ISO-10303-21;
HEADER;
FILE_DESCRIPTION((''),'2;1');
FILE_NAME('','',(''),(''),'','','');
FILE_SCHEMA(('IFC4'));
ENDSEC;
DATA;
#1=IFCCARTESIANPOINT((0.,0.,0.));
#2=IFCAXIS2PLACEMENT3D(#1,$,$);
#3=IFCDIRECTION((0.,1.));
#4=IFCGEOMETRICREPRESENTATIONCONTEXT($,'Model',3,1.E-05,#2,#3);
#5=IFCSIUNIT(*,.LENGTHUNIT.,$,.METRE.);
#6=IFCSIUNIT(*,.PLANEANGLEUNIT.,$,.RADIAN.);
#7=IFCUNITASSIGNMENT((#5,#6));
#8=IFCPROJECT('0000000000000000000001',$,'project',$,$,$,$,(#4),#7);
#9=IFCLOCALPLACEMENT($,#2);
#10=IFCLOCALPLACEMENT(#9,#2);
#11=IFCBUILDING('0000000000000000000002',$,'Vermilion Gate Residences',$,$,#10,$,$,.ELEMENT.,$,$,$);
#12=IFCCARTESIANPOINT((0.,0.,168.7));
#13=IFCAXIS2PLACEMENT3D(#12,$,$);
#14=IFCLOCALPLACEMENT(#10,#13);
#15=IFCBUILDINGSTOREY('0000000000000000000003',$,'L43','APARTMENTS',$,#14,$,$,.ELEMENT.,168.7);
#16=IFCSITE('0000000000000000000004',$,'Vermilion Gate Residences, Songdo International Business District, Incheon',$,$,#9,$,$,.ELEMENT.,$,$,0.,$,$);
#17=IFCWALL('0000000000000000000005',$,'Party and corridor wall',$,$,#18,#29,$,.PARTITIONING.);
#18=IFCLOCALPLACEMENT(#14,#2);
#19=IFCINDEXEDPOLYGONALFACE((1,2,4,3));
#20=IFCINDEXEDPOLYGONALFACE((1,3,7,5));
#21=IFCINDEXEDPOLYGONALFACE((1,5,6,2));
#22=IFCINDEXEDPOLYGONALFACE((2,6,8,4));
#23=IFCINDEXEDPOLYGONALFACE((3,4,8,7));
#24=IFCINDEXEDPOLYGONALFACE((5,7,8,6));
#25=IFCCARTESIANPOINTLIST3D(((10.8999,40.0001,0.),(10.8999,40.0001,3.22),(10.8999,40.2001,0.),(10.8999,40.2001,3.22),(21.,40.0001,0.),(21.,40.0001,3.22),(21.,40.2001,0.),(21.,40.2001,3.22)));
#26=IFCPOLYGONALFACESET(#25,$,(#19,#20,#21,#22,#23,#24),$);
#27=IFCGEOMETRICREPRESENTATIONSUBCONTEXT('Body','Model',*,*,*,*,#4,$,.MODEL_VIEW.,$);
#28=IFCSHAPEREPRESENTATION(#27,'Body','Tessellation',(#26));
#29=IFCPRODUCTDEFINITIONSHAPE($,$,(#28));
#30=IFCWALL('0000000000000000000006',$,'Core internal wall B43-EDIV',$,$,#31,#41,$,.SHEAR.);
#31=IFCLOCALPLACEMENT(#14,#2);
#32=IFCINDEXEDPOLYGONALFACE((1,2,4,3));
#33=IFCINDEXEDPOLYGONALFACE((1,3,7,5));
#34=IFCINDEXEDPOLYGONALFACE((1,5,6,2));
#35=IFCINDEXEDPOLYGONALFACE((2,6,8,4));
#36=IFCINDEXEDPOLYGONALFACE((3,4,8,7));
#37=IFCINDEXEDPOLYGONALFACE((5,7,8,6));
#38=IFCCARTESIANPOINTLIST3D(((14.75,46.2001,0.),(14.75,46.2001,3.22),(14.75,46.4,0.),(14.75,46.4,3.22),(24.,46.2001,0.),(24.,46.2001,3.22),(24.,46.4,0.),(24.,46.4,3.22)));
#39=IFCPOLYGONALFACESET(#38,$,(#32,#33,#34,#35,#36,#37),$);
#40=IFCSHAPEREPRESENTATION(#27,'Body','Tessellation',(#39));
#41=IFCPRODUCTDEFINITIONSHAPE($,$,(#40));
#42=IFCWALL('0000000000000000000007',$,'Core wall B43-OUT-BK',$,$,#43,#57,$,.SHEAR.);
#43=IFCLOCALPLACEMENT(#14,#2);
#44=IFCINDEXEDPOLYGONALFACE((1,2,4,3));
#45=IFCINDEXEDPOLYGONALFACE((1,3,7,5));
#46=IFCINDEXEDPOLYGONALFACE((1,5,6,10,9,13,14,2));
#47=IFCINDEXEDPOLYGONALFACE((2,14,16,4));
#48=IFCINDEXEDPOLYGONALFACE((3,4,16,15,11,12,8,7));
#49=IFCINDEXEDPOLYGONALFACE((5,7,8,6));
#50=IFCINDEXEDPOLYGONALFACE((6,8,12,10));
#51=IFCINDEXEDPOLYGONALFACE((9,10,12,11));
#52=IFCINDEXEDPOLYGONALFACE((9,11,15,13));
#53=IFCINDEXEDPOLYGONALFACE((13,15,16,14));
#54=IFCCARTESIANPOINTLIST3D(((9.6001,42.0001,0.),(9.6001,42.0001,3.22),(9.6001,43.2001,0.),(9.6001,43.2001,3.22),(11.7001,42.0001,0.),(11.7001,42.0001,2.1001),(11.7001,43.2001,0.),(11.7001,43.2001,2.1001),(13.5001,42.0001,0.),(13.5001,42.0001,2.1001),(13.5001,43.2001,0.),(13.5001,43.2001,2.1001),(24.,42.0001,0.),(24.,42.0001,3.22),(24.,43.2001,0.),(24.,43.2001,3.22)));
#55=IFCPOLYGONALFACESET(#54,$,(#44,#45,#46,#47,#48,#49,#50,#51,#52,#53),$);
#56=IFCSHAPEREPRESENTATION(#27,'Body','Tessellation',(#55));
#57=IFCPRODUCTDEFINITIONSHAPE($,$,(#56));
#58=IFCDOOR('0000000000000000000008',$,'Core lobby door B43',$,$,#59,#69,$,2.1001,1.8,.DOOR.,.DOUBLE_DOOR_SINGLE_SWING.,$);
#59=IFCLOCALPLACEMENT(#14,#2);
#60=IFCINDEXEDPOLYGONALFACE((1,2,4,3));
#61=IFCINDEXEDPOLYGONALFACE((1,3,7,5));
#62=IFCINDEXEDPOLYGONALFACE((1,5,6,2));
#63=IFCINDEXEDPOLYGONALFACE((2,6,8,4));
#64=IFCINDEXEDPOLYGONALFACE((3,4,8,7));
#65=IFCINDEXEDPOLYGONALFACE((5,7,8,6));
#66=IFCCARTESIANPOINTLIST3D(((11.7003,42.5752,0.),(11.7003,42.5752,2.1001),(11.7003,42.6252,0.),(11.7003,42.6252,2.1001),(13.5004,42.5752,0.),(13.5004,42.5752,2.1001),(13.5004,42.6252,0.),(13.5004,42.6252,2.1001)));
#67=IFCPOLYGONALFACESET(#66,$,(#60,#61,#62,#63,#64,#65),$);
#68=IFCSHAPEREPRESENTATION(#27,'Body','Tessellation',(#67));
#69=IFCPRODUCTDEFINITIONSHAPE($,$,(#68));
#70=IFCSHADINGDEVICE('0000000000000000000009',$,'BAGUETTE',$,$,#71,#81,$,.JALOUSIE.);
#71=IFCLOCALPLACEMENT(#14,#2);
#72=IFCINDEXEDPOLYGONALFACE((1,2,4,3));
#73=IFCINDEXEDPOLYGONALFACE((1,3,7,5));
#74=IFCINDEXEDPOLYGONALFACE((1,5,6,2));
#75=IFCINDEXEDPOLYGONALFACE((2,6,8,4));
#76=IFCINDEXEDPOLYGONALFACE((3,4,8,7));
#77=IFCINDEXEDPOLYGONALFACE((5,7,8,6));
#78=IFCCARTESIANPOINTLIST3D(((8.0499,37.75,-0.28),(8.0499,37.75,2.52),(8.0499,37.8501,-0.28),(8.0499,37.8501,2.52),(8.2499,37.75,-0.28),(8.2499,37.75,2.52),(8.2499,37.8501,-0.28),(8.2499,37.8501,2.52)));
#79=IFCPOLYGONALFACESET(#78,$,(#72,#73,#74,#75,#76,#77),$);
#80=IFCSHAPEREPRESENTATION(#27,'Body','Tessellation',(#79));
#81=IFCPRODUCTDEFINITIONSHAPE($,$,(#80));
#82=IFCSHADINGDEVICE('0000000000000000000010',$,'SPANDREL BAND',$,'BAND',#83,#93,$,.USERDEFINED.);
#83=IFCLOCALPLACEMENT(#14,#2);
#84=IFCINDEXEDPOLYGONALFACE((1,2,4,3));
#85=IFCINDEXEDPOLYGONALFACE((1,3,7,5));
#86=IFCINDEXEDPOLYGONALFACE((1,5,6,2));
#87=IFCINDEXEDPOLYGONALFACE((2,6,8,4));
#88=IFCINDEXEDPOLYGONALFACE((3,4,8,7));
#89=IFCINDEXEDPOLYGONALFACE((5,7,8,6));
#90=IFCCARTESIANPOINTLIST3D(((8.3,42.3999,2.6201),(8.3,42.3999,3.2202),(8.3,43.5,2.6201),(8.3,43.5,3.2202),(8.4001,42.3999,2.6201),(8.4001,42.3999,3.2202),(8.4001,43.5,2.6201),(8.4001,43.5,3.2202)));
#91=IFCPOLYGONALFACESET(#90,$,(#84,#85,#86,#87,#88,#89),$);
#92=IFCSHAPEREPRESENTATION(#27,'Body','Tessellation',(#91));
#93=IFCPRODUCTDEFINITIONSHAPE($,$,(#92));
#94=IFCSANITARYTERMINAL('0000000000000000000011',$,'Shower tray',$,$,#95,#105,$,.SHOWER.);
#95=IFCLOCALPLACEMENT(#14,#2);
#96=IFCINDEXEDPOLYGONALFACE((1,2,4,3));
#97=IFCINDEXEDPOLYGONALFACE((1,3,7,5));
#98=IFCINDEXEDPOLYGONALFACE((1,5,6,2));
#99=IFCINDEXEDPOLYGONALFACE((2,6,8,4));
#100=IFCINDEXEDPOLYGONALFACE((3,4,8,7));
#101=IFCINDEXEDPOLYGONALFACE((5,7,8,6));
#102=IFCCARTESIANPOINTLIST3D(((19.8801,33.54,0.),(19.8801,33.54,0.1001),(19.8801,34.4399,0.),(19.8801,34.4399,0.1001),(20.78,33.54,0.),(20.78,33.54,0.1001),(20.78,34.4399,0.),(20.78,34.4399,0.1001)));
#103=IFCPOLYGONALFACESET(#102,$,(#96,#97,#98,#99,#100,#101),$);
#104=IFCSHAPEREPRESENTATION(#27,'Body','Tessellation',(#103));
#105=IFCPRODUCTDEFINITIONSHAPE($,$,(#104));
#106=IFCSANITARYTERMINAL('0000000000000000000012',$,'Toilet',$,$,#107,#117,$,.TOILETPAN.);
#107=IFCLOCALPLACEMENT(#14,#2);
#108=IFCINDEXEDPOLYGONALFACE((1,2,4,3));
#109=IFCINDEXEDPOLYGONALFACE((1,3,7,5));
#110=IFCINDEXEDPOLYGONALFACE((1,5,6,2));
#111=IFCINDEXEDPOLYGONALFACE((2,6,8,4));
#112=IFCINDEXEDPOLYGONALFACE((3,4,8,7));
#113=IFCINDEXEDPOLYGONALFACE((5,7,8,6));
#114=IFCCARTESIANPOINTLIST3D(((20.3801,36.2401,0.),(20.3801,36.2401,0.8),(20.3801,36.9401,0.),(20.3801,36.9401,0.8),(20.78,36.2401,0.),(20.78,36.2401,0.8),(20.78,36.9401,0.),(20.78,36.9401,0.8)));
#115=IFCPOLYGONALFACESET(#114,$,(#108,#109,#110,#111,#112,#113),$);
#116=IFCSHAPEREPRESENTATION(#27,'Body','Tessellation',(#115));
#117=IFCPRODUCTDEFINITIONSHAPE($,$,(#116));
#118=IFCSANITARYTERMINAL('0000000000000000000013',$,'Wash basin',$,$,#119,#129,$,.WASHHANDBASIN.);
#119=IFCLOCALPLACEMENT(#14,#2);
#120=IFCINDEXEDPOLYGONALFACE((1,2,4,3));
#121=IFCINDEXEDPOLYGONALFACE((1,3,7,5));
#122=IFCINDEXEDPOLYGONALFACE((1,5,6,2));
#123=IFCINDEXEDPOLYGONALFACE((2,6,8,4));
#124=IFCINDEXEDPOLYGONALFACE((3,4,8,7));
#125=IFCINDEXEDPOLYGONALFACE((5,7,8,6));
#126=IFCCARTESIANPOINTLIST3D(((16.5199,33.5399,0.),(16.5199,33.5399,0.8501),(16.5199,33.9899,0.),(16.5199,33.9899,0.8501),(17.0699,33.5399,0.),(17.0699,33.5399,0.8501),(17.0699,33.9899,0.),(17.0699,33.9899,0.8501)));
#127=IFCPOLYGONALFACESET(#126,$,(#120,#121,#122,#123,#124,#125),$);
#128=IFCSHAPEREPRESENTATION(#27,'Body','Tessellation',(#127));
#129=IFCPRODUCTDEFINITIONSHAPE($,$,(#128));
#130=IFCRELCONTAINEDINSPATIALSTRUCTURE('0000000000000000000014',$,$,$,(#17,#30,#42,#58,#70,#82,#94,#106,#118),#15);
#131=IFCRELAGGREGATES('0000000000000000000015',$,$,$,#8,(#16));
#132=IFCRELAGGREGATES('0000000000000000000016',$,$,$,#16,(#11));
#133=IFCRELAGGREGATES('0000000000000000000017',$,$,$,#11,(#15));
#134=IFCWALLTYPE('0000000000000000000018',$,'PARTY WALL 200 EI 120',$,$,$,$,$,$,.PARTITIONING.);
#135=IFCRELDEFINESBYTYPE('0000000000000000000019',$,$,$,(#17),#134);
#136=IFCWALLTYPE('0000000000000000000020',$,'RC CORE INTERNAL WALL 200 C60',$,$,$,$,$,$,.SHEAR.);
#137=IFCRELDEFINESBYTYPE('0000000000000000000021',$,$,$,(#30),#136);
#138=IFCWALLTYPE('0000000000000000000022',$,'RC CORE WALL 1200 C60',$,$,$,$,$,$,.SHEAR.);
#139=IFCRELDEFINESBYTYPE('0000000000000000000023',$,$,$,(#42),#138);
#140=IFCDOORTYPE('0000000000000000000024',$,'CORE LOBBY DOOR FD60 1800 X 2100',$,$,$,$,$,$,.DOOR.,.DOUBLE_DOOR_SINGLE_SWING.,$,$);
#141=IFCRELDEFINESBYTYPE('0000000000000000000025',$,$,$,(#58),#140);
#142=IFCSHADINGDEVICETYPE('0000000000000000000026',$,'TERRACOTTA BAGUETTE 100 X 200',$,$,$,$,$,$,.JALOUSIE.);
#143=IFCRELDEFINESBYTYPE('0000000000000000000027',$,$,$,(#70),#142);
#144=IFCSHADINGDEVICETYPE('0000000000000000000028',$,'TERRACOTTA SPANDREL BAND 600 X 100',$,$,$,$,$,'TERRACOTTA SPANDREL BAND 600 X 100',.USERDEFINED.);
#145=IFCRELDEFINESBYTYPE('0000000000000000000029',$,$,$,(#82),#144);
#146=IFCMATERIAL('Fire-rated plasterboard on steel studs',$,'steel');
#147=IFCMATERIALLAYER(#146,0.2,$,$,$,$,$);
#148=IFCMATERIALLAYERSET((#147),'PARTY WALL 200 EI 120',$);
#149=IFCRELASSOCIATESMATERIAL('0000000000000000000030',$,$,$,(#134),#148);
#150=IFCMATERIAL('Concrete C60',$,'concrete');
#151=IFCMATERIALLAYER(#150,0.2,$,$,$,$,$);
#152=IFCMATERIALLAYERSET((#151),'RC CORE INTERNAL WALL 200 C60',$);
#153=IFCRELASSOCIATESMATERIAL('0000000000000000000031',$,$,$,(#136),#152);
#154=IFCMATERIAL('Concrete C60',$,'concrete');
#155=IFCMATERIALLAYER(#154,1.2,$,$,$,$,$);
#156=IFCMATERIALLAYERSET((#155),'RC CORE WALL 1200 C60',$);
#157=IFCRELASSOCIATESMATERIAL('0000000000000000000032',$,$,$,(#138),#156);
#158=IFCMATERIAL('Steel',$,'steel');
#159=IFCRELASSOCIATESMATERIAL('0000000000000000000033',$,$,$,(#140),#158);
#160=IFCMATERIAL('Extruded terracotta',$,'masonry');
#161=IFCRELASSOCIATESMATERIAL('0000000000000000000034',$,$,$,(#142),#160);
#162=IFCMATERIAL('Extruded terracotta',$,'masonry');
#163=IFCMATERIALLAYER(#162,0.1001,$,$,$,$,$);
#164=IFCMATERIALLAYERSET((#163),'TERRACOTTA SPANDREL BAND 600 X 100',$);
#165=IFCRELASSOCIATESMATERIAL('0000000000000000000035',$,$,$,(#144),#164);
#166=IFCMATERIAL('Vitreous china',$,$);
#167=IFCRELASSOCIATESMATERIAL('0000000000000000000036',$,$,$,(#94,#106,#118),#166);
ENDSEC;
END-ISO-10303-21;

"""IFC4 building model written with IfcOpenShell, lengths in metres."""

from ifc_helpers import new_model, si_unit, direction, frame, frame_2d, origin, origin_2d, place, context, subcontext, project, spatial, rectangle, extrude, material, layer, layer_set, material_profile, profile_set, type_object, element, fill, save


model = new_model("IFC4")

# Units and contexts
model_context = context("Model", 3, precision=1e-05, world=origin(), true_north=direction((0.0, 1.0)))
body_context = subcontext(model_context, "Body", "Model", "MODEL_VIEW")
ifc_project = project(units=[si_unit("LENGTHUNIT", "METRE"), si_unit("PLANEANGLEUNIT", "RADIAN")], contexts=[model_context])

# Site, building, storey
site_placement = place(None, origin())
site = spatial("IfcSite", under=ifc_project, at=site_placement, Name="Vermilion Gate Residences, Songdo International Business District, Incheon", CompositionType="ELEMENT", RefElevation=0.0)
building_placement = place(site_placement, origin())
building = spatial("IfcBuilding", under=site, at=building_placement, Name="Vermilion Gate Residences", CompositionType="ELEMENT")
storey_placement = place(building_placement, frame((0.0, 0.0, 168.7)))
storey = spatial("IfcBuildingStorey", under=building, at=storey_placement, Name="L43", Description="APARTMENTS", CompositionType="ELEMENT", Elevation=168.7)

# Walls
ifc_material_1 = material(Name="Fire-rated plasterboard on steel studs", Category="steel")
ifc_layer_1 = layer(ifc_material_1, 0.2)
ifc_layer_set_1 = layer_set([ifc_layer_1], Name="PARTY WALL 200 EI 120")
wall_type_1 = type_object("IfcWallType", Name="PARTY WALL 200 EI 120", PredefinedType="PARTITIONING", material=ifc_layer_set_1)
wall_1_placement = place(storey_placement, frame((10.8999, 40.1001, 0.0), z_axis=(0.0, 0.0, 1.0), x_axis=(1.0, 0.0, 0.0)))
element("IfcWall", 1, at=wall_1_placement, inside=storey, type_object=wall_type_1, Name="Party and corridor wall", PredefinedType="PARTITIONING", context=body_context, shape_type="SweptSolid", body=[
    extrude(rectangle(XDim=10.1001, YDim=0.2, at=frame_2d((5.05, 0.0))), origin(), (0.0, 0.0, 1.0), 3.22),
])
ifc_material_2 = material(Name="Concrete C60", Category="concrete")
ifc_layer_2 = layer(ifc_material_2, 0.2)
ifc_layer_set_2 = layer_set([ifc_layer_2], Name="RC CORE INTERNAL WALL 200 C60")
wall_type_2 = type_object("IfcWallType", Name="RC CORE INTERNAL WALL 200 C60", PredefinedType="SHEAR", material=ifc_layer_set_2)
wall_2_placement = place(storey_placement, frame((14.75, 46.3, 0.0), z_axis=(0.0, 0.0, 1.0), x_axis=(1.0, 0.0, 0.0)))
element("IfcWall", 2, at=wall_2_placement, inside=storey, type_object=wall_type_2, Name="Core internal wall B43-EDIV", PredefinedType="SHEAR", context=body_context, shape_type="SweptSolid", body=[
    extrude(rectangle(XDim=9.25, YDim=0.2, at=frame_2d((4.625, 0.0))), origin(), (0.0, 0.0, 1.0), 3.22),
])

# Wall, opening, door
ifc_material_3 = material(Name="Concrete C60", Category="concrete")
ifc_layer_3 = layer(ifc_material_3, 1.2)
ifc_layer_set_3 = layer_set([ifc_layer_3], Name="RC CORE WALL 1200 C60")
wall_type_3 = type_object("IfcWallType", Name="RC CORE WALL 1200 C60", PredefinedType="SHEAR", material=ifc_layer_set_3)
wall_3_placement = place(storey_placement, frame((9.6001, 42.6001, 0.0), z_axis=(0.0, 0.0, 1.0), x_axis=(1.0, 0.0, 0.0)))
wall_3 = element("IfcWall", 3, at=wall_3_placement, inside=storey, type_object=wall_type_3, Name="Core wall B43-OUT-BK", PredefinedType="SHEAR", context=body_context, shape_type="SweptSolid", body=[
    extrude(rectangle(XDim=14.3999, YDim=1.2, at=frame_2d((7.2, 0.0))), origin(), (0.0, 0.0, 1.0), 3.22),
])
opening_1_placement = place(wall_3_placement, frame((2.1001, 0.0, 0.0)))
opening_1 = element("IfcOpeningElement", 4, at=opening_1_placement, cuts=wall_3, PredefinedType="OPENING", context=body_context, shape_type="SweptSolid", body=[
    extrude(rectangle(XDim=1.8, YDim=2.1001, at=frame_2d((0.8999, 1.05))), frame((0.0, 0.6099, 0.0), z_axis=(0.0, -1.0, 0.0), x_axis=(1.0, 0.0, 0.0)), (0.0, 0.0, 1.0), 1.22),
])
ifc_material_4 = material(Name="Steel", Category="steel")
door_type_1 = type_object("IfcDoorType", Name="CORE LOBBY DOOR FD60 1800 X 2100", OperationType="DOUBLE_DOOR_SINGLE_SWING", PredefinedType="DOOR", material=ifc_material_4)
door_1_placement = place(opening_1_placement, frame((1.8, 0.0, 0.0), z_axis=(0.0, 0.0, 1.0), x_axis=(-1.0, 0.0, 0.0)))
door_1 = element("IfcDoor", 5, at=door_1_placement, inside=storey, type_object=door_type_1, Name="Core lobby door B43", OperationType="DOUBLE_DOOR_SINGLE_SWING", OverallHeight=2.1001, OverallWidth=1.8, PredefinedType="DOOR", context=body_context, shape_type="SweptSolid", body=[
    extrude(rectangle(XDim=1.8, YDim=2.1001, at=frame_2d((0.8999, 1.05))), frame((0.0, 0.0249, 0.0), z_axis=(0.0, -1.0, 0.0), x_axis=(1.0, 0.0, 0.0)), (0.0, 0.0, 1.0), 0.05),
])
fill(opening_1, door_1)

# Shading devices
ifc_material_5 = material(Name="Extruded terracotta", Category="masonry")
ifc_material_profile_1 = material_profile(ifc_material_5, rectangle(XDim=0.2, YDim=0.1001, at=origin_2d()), Name="BAGUETTE 100 X 200")
ifc_profile_set_1 = profile_set([ifc_material_profile_1], Name="Extruded terracotta")
shading_device_type_1 = type_object("IfcShadingDeviceType", Name="TERRACOTTA BAGUETTE 100 X 200", PredefinedType="JALOUSIE", material=ifc_profile_set_1)
shading_device_1_placement = place(storey_placement, frame((8.1499, 37.8, -0.28), z_axis=(0.0, 0.0, 1.0), x_axis=(1.0, 0.0, 0.0)))
element("IfcShadingDevice", 6, at=shading_device_1_placement, inside=storey, type_object=shading_device_type_1, Name="BAGUETTE", PredefinedType="JALOUSIE", context=body_context, shape_type="SweptSolid", body=[
    extrude(rectangle(XDim=0.2, YDim=0.1001, at=origin_2d()), origin(), (0.0, 0.0, 1.0), 2.8),
])
ifc_material_6 = material(Name="Extruded terracotta", Category="masonry")
ifc_layer_4 = layer(ifc_material_6, 0.1001)
ifc_layer_set_4 = layer_set([ifc_layer_4], Name="TERRACOTTA SPANDREL BAND 600 X 100")
shading_device_type_2 = type_object("IfcShadingDeviceType", Name="TERRACOTTA SPANDREL BAND 600 X 100", ElementType="TERRACOTTA SPANDREL BAND 600 X 100", PredefinedType="USERDEFINED", material=ifc_layer_set_4)
shading_device_2_placement = place(storey_placement, frame((8.3501, 42.95, 2.6201), z_axis=(0.0, 0.0, 1.0), x_axis=(0.0, 1.0, 0.0)))
element("IfcShadingDevice", 7, at=shading_device_2_placement, inside=storey, type_object=shading_device_type_2, Name="SPANDREL BAND", ObjectType="BAND", PredefinedType="USERDEFINED", context=body_context, shape_type="SweptSolid", body=[
    extrude(rectangle(XDim=1.1001, YDim=0.1001, at=origin_2d()), origin(), (0.0, 0.0, 1.0), 0.6001),
])

# Sanitary terminals
ifc_material_7 = material(Name="Vitreous china")
sanitary_terminal_1_placement = place(storey_placement, frame((20.3301, 33.99, 0.0), z_axis=(0.0, 0.0, 1.0), x_axis=(1.0, 0.0, 0.0)))
element("IfcSanitaryTerminal", 8, at=sanitary_terminal_1_placement, inside=storey, material=ifc_material_7, Name="Shower tray", PredefinedType="SHOWER", context=body_context, shape_type="SweptSolid", body=[
    extrude(rectangle(XDim=0.8999, YDim=0.8999, at=origin_2d()), origin(), (0.0, 0.0, 1.0), 0.1001),
])
sanitary_terminal_2_placement = place(storey_placement, frame((20.5801, 36.5901, 0.0), z_axis=(0.0, 0.0, 1.0), x_axis=(1.0, 0.0, 0.0)))
element("IfcSanitaryTerminal", 9, at=sanitary_terminal_2_placement, inside=storey, material=ifc_material_7, Name="Toilet", PredefinedType="TOILETPAN", context=body_context, shape_type="SweptSolid", body=[
    extrude(rectangle(XDim=0.3999, YDim=0.7, at=origin_2d()), origin(), (0.0, 0.0, 1.0), 0.8),
])
sanitary_terminal_3_placement = place(storey_placement, frame((16.7949, 33.7649, 0.0), z_axis=(0.0, 0.0, 1.0), x_axis=(1.0, 0.0, 0.0)))
element("IfcSanitaryTerminal", 10, at=sanitary_terminal_3_placement, inside=storey, material=ifc_material_7, Name="Wash basin", PredefinedType="WASHHANDBASIN", context=body_context, shape_type="SweptSolid", body=[
    extrude(rectangle(XDim=0.55, YDim=0.45, at=origin_2d()), origin(), (0.0, 0.0, 1.0), 0.8501),
])

save(model, "model.ifc")
